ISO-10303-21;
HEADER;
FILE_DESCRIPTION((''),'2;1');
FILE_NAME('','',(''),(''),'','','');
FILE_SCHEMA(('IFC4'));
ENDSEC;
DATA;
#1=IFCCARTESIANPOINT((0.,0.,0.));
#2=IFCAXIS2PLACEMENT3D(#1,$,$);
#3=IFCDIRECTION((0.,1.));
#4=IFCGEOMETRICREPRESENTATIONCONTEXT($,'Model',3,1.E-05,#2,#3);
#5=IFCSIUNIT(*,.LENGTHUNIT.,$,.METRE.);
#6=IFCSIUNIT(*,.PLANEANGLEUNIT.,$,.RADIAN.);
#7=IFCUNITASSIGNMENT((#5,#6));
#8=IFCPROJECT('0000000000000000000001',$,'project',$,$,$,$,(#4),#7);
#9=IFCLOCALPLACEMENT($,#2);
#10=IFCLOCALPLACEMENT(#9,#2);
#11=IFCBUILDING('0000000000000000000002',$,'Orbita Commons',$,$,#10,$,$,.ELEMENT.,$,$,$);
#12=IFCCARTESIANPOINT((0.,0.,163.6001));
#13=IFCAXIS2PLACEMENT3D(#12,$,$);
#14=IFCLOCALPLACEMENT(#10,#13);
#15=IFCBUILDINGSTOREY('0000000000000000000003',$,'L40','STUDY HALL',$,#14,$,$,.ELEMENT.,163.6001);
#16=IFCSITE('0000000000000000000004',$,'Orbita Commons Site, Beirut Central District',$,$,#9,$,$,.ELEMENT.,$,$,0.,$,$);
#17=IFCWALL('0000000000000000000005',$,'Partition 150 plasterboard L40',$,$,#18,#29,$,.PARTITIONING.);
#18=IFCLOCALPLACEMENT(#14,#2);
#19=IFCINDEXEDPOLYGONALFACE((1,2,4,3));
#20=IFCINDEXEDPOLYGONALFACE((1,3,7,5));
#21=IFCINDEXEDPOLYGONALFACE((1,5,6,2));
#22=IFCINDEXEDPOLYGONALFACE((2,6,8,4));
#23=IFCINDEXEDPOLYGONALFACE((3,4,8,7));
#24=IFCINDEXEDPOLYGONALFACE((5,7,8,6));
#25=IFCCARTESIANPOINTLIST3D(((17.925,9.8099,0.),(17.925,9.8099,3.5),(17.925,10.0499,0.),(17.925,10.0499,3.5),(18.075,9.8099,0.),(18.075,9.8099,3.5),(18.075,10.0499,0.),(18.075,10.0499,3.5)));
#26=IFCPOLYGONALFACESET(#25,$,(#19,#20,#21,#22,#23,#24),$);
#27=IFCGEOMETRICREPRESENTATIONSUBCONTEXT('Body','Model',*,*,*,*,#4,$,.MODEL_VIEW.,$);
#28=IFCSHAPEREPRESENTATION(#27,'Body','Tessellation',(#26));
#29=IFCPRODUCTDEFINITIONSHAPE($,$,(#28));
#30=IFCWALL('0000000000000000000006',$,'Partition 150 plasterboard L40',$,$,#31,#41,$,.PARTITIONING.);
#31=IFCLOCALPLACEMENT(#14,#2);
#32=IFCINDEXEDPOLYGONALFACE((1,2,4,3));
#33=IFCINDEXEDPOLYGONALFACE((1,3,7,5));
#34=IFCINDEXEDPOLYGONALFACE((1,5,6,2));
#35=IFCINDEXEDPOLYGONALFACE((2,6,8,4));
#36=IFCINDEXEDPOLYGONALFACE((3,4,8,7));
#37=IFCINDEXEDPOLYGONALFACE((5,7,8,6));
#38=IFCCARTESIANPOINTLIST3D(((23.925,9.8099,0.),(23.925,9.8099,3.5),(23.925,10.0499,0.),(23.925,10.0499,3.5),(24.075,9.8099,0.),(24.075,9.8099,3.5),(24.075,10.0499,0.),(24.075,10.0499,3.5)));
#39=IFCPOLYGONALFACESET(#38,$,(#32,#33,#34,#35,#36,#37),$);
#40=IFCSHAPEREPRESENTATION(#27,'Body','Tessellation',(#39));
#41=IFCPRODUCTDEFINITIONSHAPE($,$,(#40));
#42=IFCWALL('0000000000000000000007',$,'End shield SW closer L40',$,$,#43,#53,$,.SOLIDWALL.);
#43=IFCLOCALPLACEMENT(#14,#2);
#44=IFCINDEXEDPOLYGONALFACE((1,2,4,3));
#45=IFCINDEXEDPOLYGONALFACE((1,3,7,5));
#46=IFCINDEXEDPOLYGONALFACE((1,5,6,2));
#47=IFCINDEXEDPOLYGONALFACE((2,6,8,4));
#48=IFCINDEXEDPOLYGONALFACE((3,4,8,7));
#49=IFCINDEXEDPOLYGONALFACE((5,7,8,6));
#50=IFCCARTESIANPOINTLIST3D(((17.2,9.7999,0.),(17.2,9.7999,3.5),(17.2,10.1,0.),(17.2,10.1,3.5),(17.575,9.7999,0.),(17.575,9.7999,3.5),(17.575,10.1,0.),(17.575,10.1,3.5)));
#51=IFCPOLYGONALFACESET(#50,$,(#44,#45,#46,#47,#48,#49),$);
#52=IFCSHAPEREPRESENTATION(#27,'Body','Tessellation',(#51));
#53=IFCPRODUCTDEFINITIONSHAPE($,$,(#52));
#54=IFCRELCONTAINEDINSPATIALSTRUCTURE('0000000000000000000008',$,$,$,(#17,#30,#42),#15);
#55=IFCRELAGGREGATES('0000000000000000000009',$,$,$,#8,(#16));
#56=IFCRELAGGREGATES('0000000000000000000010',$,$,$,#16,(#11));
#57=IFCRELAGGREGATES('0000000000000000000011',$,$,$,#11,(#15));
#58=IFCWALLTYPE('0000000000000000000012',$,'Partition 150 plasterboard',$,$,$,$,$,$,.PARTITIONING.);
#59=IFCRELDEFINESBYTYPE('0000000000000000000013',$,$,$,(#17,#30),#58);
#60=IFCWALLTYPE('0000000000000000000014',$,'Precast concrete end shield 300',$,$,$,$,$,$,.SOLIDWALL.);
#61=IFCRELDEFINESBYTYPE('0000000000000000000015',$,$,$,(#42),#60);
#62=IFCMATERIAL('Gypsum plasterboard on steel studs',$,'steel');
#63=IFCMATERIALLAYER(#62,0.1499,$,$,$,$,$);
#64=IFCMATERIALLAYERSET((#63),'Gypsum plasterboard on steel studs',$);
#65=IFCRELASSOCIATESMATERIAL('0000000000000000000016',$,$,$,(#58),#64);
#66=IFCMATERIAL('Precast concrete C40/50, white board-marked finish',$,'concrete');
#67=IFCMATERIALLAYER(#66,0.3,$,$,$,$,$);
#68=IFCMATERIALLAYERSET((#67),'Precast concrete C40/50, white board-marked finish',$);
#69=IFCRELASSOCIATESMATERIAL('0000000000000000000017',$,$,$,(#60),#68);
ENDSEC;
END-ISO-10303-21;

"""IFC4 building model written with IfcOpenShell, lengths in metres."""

from ifc_helpers import new_model, si_unit, direction, frame, frame_2d, origin, place, context, subcontext, project, spatial, rectangle, extrude, material, layer, layer_set, type_object, element, save


model = new_model("IFC4")

# Units and contexts
model_context = context("Model", 3, precision=1e-05, world=origin(), true_north=direction((0.0, 1.0)))
body_context = subcontext(model_context, "Body", "Model", "MODEL_VIEW")
ifc_project = project(units=[si_unit("LENGTHUNIT", "METRE"), si_unit("PLANEANGLEUNIT", "RADIAN")], contexts=[model_context])

# Site, building, storey
site_placement = place(None, origin())
site = spatial("IfcSite", under=ifc_project, at=site_placement, Name="Orbita Commons Site, Beirut Central District", CompositionType="ELEMENT", RefElevation=0.0)
building_placement = place(site_placement, origin())
building = spatial("IfcBuilding", under=site, at=building_placement, Name="Orbita Commons", CompositionType="ELEMENT")
storey_placement = place(building_placement, frame((0.0, 0.0, 163.6001)))
storey = spatial("IfcBuildingStorey", under=building, at=storey_placement, Name="L40", Description="STUDY HALL", CompositionType="ELEMENT", Elevation=163.6001)

# Walls
ifc_material_1 = material(Name="Gypsum plasterboard on steel studs", Category="steel")
ifc_layer_1 = layer(ifc_material_1, 0.1499)
ifc_layer_set_1 = layer_set([ifc_layer_1], Name="Gypsum plasterboard on steel studs")
wall_type_1 = type_object("IfcWallType", Name="Partition 150 plasterboard", PredefinedType="PARTITIONING", material=ifc_layer_set_1)
for number, where, z_axis, x_axis, name in (
    (1, (18.0, 10.05, 0.0), (0.0, 0.0, 1.0), (0.0, -1.0, 0.0), "Partition 150 plasterboard L40"),
    (2, (24.0, 10.05, 0.0), (0.0, 0.0, 1.0), (0.0, -1.0, 0.0), "Partition 150 plasterboard L40"),
):
    element("IfcWall", number, at=place(storey_placement, frame(where, z_axis=z_axis, x_axis=x_axis)), inside=storey, type_object=wall_type_1, Name=name, PredefinedType="PARTITIONING", context=body_context, shape_type="SweptSolid", body=[
        extrude(rectangle(XDim=0.24, YDim=0.1499, at=frame_2d((0.1201, 0.0))), origin(), (0.0, 0.0, 1.0), 3.5),
    ])
ifc_material_2 = material(Name="Precast concrete C40/50, white board-marked finish", Category="concrete")
ifc_layer_2 = layer(ifc_material_2, 0.3)
ifc_layer_set_2 = layer_set([ifc_layer_2], Name="Precast concrete C40/50, white board-marked finish")
wall_type_2 = type_object("IfcWallType", Name="Precast concrete end shield 300", PredefinedType="SOLIDWALL", material=ifc_layer_set_2)
wall_placement = place(storey_placement, frame((17.2, 9.95, 0.0), z_axis=(0.0, 0.0, 1.0), x_axis=(1.0, 0.0, 0.0)))
element("IfcWall", 3, at=wall_placement, inside=storey, type_object=wall_type_2, Name="End shield SW closer L40", PredefinedType="SOLIDWALL", context=body_context, shape_type="SweptSolid", body=[
    extrude(rectangle(XDim=0.375, YDim=0.3, at=frame_2d((0.1875, 0.0))), origin(), (0.0, 0.0, 1.0), 3.5),
])

save(model, "model.ifc")
